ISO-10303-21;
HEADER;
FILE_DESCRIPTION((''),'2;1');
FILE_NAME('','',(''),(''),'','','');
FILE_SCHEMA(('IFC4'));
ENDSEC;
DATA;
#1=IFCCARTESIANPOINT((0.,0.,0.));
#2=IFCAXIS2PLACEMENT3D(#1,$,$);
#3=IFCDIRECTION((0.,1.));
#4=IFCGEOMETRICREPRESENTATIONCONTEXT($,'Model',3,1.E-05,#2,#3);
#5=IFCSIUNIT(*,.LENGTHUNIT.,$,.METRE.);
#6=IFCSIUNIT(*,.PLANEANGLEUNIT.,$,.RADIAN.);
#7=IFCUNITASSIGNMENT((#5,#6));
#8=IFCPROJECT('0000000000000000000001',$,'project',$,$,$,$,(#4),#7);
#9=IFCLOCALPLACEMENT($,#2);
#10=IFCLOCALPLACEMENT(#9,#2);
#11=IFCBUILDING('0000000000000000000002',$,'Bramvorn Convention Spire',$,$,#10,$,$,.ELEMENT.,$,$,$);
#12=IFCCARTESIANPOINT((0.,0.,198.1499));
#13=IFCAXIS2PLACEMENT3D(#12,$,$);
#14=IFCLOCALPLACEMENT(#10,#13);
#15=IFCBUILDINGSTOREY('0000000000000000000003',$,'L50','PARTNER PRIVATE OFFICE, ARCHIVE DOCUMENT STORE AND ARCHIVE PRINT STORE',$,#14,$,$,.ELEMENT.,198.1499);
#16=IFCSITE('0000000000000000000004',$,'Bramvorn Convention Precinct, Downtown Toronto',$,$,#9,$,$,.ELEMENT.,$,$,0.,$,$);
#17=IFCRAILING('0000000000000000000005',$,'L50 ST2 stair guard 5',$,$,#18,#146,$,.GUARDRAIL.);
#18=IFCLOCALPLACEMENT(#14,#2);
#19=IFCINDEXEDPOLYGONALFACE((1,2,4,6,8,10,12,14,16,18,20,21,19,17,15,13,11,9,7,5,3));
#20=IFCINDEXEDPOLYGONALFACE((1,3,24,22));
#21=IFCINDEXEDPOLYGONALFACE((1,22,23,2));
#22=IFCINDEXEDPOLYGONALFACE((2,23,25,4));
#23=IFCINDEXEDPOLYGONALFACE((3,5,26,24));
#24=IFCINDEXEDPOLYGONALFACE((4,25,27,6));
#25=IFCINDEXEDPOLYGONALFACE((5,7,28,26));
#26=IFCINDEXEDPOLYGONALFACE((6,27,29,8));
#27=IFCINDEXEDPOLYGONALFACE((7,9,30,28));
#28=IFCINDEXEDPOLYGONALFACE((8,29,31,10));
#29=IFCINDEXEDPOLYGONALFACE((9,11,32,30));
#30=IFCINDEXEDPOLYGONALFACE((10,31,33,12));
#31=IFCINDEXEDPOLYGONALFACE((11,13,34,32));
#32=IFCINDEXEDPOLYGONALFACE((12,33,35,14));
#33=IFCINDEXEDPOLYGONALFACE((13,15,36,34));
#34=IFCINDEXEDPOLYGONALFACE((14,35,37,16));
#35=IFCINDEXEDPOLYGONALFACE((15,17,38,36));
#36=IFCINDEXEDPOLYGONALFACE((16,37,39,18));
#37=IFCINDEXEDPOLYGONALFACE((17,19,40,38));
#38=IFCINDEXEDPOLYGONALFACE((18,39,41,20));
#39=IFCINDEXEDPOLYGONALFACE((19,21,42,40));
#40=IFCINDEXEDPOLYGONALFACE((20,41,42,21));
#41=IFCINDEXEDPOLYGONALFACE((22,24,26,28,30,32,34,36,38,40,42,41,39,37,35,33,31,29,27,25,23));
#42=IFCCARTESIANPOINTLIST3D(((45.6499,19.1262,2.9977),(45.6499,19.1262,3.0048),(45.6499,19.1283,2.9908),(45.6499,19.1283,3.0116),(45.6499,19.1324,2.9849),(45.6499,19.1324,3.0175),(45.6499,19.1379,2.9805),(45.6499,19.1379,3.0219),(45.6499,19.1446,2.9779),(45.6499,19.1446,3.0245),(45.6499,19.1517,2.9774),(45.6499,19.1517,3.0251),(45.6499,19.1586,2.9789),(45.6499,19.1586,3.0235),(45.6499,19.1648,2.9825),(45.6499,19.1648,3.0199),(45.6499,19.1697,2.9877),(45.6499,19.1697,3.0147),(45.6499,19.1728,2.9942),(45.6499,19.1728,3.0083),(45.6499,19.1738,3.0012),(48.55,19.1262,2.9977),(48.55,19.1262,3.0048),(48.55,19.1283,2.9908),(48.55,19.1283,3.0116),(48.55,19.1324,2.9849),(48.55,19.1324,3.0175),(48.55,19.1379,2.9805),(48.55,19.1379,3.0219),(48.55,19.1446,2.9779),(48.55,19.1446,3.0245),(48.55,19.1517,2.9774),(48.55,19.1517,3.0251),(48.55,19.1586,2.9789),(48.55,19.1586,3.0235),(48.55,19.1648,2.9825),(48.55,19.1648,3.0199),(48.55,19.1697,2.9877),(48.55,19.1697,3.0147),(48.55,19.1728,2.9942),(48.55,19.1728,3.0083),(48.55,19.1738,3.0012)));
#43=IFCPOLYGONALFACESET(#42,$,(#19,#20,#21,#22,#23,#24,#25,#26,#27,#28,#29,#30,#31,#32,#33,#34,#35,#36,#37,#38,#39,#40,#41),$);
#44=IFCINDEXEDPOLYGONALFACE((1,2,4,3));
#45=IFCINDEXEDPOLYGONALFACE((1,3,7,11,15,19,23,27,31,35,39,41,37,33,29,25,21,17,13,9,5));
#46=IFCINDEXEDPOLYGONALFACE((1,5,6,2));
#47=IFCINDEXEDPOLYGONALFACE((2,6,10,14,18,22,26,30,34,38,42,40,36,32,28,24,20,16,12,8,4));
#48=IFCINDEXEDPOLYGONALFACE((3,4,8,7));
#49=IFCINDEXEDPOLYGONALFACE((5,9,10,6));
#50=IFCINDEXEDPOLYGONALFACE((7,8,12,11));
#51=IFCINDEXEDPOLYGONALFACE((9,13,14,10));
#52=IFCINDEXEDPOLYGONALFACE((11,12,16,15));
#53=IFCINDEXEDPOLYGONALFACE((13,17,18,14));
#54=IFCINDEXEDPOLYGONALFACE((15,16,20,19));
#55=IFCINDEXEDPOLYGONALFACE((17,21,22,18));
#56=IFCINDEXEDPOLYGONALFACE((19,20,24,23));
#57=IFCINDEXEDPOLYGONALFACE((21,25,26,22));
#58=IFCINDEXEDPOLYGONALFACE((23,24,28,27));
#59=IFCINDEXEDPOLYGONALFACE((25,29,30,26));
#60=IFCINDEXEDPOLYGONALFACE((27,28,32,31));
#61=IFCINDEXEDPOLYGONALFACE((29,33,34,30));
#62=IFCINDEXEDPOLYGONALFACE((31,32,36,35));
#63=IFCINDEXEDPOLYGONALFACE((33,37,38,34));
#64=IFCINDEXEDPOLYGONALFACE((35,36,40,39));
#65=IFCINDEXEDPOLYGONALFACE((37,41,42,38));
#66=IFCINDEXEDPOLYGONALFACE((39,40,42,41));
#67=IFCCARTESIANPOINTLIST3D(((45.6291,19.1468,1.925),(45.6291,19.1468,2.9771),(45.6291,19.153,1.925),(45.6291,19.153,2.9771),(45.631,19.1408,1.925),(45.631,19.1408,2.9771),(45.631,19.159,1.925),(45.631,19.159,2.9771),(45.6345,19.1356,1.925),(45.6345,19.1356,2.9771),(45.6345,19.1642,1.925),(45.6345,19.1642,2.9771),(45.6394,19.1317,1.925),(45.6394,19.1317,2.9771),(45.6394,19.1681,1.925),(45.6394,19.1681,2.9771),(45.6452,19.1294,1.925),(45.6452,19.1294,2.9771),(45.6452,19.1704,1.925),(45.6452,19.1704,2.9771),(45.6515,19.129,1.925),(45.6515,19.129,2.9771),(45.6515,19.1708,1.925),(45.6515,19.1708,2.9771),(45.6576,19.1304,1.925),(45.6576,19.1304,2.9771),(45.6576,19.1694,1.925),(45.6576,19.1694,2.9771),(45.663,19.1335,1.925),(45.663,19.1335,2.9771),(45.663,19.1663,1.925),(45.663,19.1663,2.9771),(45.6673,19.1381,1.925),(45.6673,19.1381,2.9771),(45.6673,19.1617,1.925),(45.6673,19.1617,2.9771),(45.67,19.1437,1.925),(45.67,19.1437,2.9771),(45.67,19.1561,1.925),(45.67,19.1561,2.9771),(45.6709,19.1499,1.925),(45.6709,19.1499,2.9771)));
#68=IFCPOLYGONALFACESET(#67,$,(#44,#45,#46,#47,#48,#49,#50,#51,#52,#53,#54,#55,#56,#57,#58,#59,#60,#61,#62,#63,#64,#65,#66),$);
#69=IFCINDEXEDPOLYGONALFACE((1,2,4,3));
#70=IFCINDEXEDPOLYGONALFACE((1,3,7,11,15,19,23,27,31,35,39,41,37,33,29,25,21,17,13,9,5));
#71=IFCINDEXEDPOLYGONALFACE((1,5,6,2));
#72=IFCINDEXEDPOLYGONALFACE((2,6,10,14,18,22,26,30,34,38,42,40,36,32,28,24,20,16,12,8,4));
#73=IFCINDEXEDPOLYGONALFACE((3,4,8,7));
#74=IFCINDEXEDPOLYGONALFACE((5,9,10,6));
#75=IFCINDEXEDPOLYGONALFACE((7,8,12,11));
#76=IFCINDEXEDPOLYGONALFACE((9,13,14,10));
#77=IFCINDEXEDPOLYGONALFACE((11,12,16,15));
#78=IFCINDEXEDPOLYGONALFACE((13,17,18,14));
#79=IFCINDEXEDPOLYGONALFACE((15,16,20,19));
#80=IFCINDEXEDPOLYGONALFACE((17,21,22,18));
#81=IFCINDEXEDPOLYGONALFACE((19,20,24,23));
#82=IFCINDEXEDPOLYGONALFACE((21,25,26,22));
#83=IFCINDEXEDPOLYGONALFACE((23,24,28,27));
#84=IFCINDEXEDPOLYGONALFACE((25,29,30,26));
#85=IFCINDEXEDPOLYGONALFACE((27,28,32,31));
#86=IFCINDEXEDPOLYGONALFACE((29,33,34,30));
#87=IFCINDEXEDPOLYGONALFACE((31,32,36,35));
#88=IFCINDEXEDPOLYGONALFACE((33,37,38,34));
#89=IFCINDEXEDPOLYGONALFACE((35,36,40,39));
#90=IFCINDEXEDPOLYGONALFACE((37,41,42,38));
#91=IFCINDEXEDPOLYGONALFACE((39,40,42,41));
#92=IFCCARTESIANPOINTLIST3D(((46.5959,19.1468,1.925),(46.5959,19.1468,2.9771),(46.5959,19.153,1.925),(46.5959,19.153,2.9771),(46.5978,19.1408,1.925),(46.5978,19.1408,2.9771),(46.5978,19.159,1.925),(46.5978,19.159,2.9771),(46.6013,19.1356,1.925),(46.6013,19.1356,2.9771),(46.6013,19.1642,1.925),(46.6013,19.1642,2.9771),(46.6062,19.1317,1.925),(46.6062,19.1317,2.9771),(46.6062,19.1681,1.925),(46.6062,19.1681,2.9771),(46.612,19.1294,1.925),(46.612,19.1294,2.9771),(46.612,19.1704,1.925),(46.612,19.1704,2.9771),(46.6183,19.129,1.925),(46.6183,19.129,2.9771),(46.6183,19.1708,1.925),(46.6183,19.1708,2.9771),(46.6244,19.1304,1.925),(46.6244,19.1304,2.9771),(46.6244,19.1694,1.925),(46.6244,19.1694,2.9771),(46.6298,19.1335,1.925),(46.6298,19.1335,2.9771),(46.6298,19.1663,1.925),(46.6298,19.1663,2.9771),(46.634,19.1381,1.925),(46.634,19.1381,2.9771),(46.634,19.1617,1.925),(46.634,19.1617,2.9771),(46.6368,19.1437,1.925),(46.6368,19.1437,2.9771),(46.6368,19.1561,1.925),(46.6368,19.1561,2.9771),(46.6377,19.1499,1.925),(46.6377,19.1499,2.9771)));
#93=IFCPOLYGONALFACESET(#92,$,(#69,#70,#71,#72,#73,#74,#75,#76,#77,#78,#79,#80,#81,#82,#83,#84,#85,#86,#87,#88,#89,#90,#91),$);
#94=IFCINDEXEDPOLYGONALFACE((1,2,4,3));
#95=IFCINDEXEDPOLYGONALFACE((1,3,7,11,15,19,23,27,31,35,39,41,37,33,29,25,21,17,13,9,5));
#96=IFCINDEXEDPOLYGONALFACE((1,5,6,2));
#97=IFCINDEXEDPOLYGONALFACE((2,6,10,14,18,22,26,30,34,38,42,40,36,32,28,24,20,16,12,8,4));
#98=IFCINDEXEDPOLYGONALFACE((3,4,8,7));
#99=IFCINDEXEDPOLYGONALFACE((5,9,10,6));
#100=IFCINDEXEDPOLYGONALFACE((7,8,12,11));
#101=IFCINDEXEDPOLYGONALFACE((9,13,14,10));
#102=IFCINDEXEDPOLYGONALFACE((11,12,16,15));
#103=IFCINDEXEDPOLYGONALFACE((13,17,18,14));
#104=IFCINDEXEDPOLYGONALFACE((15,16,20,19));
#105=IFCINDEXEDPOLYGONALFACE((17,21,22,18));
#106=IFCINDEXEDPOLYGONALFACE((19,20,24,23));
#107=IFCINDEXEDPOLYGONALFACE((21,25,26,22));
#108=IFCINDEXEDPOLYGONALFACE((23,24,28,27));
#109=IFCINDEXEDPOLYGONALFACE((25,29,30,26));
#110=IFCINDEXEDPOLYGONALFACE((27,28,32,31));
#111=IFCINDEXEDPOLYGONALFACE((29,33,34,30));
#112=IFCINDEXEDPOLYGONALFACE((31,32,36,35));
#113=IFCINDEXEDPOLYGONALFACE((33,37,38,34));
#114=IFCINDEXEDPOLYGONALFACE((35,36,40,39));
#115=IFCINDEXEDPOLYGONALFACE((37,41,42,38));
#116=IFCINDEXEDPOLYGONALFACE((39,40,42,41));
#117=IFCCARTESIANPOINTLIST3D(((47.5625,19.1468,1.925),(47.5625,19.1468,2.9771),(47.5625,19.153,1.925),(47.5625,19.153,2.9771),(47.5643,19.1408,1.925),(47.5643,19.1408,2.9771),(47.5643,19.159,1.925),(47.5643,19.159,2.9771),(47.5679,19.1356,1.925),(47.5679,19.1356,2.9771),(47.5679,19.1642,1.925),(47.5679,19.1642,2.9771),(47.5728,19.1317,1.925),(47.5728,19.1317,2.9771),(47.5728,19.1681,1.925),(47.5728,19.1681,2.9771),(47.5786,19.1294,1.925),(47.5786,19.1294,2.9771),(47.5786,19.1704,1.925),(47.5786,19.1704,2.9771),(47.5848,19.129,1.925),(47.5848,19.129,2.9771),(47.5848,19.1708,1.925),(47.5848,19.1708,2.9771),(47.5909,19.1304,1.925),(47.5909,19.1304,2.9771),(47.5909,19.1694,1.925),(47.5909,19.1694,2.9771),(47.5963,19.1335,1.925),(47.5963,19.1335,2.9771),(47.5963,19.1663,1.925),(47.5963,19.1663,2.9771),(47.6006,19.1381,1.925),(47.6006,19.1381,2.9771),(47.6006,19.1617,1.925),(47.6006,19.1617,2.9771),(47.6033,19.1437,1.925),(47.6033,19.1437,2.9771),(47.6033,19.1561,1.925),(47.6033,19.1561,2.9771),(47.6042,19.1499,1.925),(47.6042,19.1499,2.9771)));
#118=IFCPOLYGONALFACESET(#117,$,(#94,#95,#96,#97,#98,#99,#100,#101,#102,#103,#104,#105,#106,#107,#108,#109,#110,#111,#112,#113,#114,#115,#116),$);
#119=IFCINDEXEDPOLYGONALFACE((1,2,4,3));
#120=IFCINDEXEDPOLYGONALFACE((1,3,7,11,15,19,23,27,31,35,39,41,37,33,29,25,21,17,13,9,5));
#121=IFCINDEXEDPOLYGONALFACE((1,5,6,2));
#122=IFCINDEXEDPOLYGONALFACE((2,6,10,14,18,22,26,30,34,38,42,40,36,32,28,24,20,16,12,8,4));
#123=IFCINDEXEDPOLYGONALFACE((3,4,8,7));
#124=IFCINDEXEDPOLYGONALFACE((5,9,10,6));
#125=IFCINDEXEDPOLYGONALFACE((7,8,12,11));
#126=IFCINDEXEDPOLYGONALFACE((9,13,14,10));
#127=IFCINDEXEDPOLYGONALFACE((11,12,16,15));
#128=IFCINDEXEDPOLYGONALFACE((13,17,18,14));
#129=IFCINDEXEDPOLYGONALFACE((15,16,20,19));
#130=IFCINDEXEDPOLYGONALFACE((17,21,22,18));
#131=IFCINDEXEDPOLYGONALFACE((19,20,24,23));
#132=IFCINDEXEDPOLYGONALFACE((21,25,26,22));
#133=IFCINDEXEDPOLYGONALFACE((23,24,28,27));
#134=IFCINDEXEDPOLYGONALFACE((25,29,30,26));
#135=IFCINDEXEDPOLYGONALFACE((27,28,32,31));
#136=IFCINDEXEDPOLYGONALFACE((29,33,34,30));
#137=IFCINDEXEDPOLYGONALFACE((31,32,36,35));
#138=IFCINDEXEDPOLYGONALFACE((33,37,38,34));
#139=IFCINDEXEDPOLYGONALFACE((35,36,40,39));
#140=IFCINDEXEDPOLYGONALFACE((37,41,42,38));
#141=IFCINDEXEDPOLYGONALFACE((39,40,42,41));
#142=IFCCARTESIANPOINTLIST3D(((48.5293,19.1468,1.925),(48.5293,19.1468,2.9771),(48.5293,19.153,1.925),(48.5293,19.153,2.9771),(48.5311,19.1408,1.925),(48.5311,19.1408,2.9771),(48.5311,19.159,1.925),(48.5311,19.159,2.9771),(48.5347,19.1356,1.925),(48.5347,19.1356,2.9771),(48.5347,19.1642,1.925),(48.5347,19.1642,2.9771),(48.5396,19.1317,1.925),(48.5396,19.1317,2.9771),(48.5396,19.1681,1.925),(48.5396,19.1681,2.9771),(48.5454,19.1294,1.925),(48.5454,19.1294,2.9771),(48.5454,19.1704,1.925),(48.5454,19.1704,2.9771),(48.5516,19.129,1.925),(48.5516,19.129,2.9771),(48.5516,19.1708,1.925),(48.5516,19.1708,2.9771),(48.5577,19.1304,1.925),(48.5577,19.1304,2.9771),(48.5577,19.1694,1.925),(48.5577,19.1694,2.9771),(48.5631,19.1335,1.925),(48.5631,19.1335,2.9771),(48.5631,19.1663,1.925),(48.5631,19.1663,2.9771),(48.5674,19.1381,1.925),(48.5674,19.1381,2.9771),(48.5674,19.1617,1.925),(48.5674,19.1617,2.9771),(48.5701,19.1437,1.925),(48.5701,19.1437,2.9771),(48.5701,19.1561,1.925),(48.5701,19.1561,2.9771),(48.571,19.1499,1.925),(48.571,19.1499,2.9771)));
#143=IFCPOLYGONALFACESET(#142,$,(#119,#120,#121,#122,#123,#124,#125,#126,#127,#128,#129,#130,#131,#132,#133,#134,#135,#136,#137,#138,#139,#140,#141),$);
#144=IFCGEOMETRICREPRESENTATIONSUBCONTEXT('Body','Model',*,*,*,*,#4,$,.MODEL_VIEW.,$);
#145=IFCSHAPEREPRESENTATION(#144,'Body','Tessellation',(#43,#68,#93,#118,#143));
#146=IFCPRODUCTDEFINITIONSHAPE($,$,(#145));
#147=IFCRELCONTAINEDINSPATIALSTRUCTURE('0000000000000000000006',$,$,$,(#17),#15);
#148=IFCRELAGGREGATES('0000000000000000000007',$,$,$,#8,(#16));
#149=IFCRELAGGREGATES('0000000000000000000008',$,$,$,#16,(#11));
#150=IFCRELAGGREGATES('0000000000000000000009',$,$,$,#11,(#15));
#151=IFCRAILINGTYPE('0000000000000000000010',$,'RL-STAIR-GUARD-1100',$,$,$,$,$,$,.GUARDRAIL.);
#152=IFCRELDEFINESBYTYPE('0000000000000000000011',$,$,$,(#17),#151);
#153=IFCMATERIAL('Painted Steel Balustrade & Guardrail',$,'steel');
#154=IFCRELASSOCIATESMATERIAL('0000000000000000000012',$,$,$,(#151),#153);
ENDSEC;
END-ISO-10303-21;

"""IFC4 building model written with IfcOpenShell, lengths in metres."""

from ifc_helpers import new_model, si_unit, direction, frame, origin, origin_2d, place, context, subcontext, project, spatial, circle, extrude, material, type_object, element, save


model = new_model("IFC4")

# Units and contexts
model_context = context("Model", 3, precision=1e-05, world=origin(), true_north=direction((0.0, 1.0)))
body_context = subcontext(model_context, "Body", "Model", "MODEL_VIEW")
ifc_project = project(units=[si_unit("LENGTHUNIT", "METRE"), si_unit("PLANEANGLEUNIT", "RADIAN")], contexts=[model_context])

# Site, building, storey
site_placement = place(None, origin())
site = spatial("IfcSite", under=ifc_project, at=site_placement, Name="Bramvorn Convention Precinct, Downtown Toronto", CompositionType="ELEMENT", RefElevation=0.0)
building_placement = place(site_placement, origin())
building = spatial("IfcBuilding", under=site, at=building_placement, Name="Bramvorn Convention Spire", CompositionType="ELEMENT")
storey_placement = place(building_placement, frame((0.0, 0.0, 198.1499)))
storey = spatial("IfcBuildingStorey", under=building, at=storey_placement, Name="L50", Description="PARTNER PRIVATE OFFICE, ARCHIVE DOCUMENT STORE AND ARCHIVE PRINT STORE", CompositionType="ELEMENT", Elevation=198.1499)

# Railing
ifc_material_1 = material(Name="Painted Steel Balustrade & Guardrail", Category="steel")
railing_type_1 = type_object("IfcRailingType", Name="RL-STAIR-GUARD-1100", PredefinedType="GUARDRAIL", material=ifc_material_1)
railing_1_placement = place(storey_placement, frame((45.6499, 19.1499, 1.925)))
element("IfcRailing", 1, at=railing_1_placement, inside=storey, type_object=railing_type_1, Name="L50 ST2 stair guard 5", PredefinedType="GUARDRAIL", context=body_context, shape_type="SweptSolid", body=[
    extrude(circle(Radius=0.0239, at=origin_2d()), frame((0.0, 0.0, 1.0762), z_axis=(1.0, 0.0, 0.0), x_axis=(0.0, 1.0, 0.0)), (0.0, 0.0, 1.0), 2.9001),
    extrude(circle(Radius=0.021, at=origin_2d()), origin(), (0.0, 0.0, 1.0), 1.052),
    extrude(circle(Radius=0.021, at=origin_2d()), frame((0.9668, 0.0, 0.0)), (0.0, 0.0, 1.0), 1.052),
    extrude(circle(Radius=0.021, at=origin_2d()), frame((1.9333, 0.0, 0.0)), (0.0, 0.0, 1.0), 1.052),
    extrude(circle(Radius=0.021, at=origin_2d()), frame((2.9001, 0.0, 0.0)), (0.0, 0.0, 1.0), 1.052),
])

save(model, "model.ifc")
